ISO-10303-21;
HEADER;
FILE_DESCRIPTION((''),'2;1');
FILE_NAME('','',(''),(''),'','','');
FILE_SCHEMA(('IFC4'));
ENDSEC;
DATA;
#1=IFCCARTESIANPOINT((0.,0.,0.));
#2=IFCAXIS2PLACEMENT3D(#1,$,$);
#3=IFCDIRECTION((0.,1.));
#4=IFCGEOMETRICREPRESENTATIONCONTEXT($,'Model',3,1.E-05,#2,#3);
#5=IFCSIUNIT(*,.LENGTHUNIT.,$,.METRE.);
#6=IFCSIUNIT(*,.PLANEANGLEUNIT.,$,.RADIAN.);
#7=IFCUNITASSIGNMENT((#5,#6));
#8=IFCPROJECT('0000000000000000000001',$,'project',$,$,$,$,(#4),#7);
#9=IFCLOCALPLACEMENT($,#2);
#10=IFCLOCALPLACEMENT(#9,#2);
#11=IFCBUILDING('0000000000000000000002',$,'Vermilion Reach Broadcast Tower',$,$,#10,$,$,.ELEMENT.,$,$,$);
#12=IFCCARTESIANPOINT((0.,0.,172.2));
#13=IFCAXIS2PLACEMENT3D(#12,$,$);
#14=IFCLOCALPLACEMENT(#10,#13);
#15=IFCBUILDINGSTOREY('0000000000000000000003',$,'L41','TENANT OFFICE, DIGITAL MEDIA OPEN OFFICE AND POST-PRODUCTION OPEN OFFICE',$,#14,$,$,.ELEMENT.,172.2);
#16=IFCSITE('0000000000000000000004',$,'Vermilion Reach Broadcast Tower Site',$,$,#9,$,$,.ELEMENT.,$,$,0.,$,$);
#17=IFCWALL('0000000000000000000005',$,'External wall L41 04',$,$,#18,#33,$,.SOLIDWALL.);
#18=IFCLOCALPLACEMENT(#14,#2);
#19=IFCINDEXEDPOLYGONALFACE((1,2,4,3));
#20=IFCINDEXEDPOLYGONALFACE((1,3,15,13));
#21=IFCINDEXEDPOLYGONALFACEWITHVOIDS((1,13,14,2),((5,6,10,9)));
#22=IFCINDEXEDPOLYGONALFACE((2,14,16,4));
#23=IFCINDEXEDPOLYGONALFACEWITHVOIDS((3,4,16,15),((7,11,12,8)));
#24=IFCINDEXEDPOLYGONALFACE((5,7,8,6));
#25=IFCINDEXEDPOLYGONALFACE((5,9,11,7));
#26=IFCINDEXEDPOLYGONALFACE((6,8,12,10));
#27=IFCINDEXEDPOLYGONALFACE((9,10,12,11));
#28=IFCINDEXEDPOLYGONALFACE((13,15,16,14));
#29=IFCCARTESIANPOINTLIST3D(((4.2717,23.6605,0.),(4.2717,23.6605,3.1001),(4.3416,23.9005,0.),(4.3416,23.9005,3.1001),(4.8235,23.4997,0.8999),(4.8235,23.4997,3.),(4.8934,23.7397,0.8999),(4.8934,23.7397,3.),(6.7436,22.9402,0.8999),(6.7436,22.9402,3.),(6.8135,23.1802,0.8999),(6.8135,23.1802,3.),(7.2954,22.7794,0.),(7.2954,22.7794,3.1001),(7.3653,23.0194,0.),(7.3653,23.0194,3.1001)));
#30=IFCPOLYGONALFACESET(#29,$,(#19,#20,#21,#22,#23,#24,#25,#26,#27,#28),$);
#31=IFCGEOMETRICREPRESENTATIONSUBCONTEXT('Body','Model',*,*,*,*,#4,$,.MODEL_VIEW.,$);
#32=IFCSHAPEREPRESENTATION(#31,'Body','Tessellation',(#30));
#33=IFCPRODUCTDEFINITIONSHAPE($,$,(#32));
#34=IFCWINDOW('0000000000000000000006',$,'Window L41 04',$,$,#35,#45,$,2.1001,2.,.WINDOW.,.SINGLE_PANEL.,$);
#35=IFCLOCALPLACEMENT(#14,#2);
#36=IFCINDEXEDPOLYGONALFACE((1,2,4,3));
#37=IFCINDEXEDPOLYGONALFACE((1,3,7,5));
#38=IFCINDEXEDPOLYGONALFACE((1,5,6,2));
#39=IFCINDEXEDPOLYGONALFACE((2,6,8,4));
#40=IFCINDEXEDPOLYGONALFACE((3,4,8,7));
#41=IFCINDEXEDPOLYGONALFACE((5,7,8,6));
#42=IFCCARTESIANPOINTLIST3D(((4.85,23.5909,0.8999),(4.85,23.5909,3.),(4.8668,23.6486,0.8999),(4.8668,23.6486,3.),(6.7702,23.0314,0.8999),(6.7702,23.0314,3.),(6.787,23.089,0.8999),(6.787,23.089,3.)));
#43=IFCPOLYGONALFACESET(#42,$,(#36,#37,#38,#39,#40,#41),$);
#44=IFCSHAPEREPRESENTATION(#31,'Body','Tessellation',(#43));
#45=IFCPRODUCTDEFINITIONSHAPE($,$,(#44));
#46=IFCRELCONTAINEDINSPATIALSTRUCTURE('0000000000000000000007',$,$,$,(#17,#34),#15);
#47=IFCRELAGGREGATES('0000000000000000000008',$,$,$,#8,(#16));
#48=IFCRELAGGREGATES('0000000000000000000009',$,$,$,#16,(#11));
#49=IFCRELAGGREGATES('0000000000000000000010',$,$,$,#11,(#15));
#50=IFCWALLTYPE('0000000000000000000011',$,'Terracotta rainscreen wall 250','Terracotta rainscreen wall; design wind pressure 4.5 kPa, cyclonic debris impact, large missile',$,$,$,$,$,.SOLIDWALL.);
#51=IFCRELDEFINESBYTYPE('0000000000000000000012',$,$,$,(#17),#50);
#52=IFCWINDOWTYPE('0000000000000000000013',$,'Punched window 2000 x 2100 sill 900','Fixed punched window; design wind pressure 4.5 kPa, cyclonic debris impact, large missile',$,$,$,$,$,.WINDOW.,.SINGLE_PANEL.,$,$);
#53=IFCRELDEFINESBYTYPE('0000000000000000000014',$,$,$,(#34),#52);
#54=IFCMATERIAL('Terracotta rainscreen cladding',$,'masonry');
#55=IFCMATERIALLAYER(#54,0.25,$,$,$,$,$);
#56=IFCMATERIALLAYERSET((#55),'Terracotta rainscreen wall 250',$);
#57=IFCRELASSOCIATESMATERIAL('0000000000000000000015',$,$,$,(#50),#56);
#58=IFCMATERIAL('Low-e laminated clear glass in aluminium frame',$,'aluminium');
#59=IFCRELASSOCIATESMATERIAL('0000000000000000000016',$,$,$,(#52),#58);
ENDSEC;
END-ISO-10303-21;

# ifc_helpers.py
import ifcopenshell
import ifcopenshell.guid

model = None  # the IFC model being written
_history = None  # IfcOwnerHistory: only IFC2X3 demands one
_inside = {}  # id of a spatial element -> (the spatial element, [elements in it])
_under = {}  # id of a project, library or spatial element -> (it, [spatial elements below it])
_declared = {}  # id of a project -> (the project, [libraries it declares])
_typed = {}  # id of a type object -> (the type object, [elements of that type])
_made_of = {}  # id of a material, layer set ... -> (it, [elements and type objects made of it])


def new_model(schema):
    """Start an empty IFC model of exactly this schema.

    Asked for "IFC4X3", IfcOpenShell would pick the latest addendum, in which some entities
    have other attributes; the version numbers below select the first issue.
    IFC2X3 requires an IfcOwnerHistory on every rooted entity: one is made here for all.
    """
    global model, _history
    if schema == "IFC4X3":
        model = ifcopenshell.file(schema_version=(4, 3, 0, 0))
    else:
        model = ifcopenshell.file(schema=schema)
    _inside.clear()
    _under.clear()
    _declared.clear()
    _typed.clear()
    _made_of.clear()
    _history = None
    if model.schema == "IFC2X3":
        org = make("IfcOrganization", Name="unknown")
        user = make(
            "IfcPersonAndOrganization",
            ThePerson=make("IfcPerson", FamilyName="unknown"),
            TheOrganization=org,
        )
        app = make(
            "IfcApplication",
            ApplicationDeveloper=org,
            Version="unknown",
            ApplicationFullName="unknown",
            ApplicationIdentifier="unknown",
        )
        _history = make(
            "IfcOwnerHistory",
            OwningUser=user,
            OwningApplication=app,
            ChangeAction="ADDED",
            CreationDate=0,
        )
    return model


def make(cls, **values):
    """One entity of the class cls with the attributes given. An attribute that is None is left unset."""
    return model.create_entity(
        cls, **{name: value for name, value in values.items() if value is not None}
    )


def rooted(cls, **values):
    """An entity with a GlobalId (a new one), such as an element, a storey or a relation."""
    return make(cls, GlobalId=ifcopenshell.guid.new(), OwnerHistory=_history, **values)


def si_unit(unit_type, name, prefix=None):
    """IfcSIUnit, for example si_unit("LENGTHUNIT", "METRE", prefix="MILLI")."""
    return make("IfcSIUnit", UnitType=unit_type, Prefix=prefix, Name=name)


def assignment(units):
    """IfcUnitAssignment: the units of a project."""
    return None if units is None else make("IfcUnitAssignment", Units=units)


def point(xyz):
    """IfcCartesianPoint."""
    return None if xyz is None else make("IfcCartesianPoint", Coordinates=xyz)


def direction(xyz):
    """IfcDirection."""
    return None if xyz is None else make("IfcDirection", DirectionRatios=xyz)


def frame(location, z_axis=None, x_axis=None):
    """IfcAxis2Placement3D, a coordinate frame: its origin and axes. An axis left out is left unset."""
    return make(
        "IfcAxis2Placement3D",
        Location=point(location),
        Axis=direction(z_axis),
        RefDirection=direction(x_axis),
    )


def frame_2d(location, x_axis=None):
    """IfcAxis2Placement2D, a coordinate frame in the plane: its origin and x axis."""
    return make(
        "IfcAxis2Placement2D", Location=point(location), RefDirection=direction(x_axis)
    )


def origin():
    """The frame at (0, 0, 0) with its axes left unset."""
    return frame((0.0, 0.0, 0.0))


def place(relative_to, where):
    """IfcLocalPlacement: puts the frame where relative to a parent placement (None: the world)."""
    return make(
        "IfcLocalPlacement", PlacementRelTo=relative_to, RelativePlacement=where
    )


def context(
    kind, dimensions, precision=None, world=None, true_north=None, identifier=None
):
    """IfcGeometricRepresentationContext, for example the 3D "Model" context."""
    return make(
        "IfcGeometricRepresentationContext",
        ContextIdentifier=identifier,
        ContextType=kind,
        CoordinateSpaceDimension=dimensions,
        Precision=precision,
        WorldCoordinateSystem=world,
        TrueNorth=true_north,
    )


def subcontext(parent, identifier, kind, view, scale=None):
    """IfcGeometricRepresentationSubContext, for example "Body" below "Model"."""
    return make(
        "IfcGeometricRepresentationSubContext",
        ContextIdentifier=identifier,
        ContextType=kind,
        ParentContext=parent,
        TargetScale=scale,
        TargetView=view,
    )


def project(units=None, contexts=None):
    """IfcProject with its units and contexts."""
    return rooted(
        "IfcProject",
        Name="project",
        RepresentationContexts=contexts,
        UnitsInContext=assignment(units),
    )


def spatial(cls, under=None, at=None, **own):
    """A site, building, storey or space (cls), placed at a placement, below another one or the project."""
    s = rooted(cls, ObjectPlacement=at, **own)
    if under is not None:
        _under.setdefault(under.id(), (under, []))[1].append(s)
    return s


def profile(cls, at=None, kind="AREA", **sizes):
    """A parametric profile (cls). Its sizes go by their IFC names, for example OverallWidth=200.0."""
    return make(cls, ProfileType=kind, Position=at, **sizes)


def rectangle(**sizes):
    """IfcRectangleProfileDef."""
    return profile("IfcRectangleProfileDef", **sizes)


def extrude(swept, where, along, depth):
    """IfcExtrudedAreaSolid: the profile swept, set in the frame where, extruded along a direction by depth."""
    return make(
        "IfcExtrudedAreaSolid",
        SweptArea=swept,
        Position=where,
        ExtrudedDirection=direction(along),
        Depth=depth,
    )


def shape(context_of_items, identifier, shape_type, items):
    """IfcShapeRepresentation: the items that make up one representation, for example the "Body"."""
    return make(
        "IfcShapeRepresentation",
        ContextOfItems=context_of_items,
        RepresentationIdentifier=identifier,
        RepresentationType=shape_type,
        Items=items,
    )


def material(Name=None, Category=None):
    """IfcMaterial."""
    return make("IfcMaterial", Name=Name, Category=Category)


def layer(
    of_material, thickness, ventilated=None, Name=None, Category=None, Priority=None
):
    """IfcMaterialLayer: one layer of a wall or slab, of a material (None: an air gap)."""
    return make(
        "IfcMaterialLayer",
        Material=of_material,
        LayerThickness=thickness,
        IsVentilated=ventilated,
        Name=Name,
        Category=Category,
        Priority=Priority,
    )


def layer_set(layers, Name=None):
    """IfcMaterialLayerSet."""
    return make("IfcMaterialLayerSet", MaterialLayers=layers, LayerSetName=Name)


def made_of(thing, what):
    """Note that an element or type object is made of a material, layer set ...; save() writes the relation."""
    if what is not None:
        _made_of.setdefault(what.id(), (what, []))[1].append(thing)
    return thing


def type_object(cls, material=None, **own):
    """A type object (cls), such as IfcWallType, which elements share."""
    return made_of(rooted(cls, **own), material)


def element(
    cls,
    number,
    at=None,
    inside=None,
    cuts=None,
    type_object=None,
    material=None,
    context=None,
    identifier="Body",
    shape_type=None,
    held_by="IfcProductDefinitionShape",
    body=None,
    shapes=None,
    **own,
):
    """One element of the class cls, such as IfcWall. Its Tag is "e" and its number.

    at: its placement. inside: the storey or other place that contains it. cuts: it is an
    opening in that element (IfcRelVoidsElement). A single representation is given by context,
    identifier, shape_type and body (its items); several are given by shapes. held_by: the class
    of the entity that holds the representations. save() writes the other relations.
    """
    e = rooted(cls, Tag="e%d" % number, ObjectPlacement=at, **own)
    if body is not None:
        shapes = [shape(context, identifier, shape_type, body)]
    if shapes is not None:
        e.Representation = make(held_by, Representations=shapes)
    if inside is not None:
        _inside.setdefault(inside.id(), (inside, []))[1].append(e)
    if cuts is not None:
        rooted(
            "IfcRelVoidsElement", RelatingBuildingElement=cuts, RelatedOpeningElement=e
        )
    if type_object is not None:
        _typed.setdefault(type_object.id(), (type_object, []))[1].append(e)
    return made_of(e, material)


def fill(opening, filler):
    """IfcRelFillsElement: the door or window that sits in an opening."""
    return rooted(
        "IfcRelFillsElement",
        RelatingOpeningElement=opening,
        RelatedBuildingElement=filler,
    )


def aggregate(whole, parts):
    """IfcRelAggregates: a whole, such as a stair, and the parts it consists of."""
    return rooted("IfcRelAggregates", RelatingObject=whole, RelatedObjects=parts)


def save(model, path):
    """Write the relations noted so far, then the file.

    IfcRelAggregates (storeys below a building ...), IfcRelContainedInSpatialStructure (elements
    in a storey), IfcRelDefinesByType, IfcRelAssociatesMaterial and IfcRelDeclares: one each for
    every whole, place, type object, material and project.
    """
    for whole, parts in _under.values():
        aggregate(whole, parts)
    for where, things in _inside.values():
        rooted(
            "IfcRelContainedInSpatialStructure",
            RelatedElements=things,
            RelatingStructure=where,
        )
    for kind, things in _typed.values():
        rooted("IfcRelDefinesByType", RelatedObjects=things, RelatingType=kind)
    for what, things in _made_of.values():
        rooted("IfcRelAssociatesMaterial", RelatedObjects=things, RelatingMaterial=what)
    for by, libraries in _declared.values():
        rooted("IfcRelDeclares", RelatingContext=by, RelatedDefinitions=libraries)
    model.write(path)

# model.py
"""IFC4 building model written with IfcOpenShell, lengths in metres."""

from ifc_helpers import new_model, si_unit, direction, frame, frame_2d, origin, place, context, subcontext, project, spatial, rectangle, extrude, material, layer, layer_set, type_object, element, fill, save


model = new_model("IFC4")

# Units and contexts
model_context = context("Model", 3, precision=1e-05, world=origin(), true_north=direction((0.0, 1.0)))
body_context = subcontext(model_context, "Body", "Model", "MODEL_VIEW")
ifc_project = project(units=[si_unit("LENGTHUNIT", "METRE"), si_unit("PLANEANGLEUNIT", "RADIAN")], contexts=[model_context])

# Site, building, storey
site_placement = place(None, origin())
site = spatial("IfcSite", under=ifc_project, at=site_placement, Name="Vermilion Reach Broadcast Tower Site", CompositionType="ELEMENT", RefElevation=0.0)
building_placement = place(site_placement, origin())
building = spatial("IfcBuilding", under=site, at=building_placement, Name="Vermilion Reach Broadcast Tower", CompositionType="ELEMENT")
storey_placement = place(building_placement, frame((0.0, 0.0, 172.2)))
storey = spatial("IfcBuildingStorey", under=building, at=storey_placement, Name="L41", Description="TENANT OFFICE, DIGITAL MEDIA OPEN OFFICE AND POST-PRODUCTION OPEN OFFICE", CompositionType="ELEMENT", Elevation=172.2)

# Shared definitions
ifc_material_1 = material(Name="Terracotta rainscreen cladding", Category="masonry")
ifc_layer_1 = layer(ifc_material_1, 0.25)
ifc_layer_set_1 = layer_set([ifc_layer_1], Name="Terracotta rainscreen wall 250")
wall_type_1 = type_object("IfcWallType", Name="Terracotta rainscreen wall 250", Description="Terracotta rainscreen wall; design wind pressure 4.5 kPa, cyclonic debris impact, large missile", PredefinedType="SOLIDWALL", material=ifc_layer_set_1)

# Wall, opening, window
wall_1_placement = place(storey_placement, frame((7.3303, 22.8994, 0.0), z_axis=(0.0, 0.0, 1.0), x_axis=(-0.960069, 0.279765, 0.0)))
wall_1 = element("IfcWall", 1, at=wall_1_placement, inside=storey, type_object=wall_type_1, Name="External wall L41 04", PredefinedType="SOLIDWALL", context=body_context, shape_type="SweptSolid", body=[
    extrude(rectangle(XDim=3.1494, YDim=0.25, at=frame_2d((1.5747, 0.0))), origin(), (0.0, 0.0, 1.0), 3.1001),
])
opening_1_placement = place(wall_1_placement, frame((0.5747, 0.0, 0.8999)))
opening_1 = element("IfcOpeningElement", 2, at=opening_1_placement, cuts=wall_1, PredefinedType="OPENING", context=body_context, shape_type="SweptSolid", body=[
    extrude(rectangle(XDim=2.0, YDim=2.1001, at=frame_2d((1.0, 1.05))), frame((0.0, 0.135, 0.0), z_axis=(0.0, -1.0, 0.0), x_axis=(1.0, 0.0, 0.0)), (0.0, 0.0, 1.0), 0.27),
])
ifc_material_2 = material(Name="Low-e laminated clear glass in aluminium frame", Category="aluminium")
window_type = type_object("IfcWindowType", Name="Punched window 2000 x 2100 sill 900", Description="Fixed punched window; design wind pressure 4.5 kPa, cyclonic debris impact, large missile", PartitioningType="SINGLE_PANEL", PredefinedType="WINDOW", material=ifc_material_2)
window_placement = place(opening_1_placement, origin())
window = element("IfcWindow", 3, at=window_placement, inside=storey, type_object=window_type, Name="Window L41 04", OverallHeight=2.1001, OverallWidth=2.0, PartitioningType="SINGLE_PANEL", PredefinedType="WINDOW", context=body_context, shape_type="SweptSolid", body=[
    extrude(rectangle(XDim=2.0, YDim=2.1001, at=frame_2d((1.0, 1.05))), frame((0.0, 0.03, 0.0), z_axis=(0.0, -1.0, 0.0), x_axis=(1.0, 0.0, 0.0)), (0.0, 0.0, 1.0), 0.0601),
])
fill(opening_1, window)

save(model, "model.ifc")
